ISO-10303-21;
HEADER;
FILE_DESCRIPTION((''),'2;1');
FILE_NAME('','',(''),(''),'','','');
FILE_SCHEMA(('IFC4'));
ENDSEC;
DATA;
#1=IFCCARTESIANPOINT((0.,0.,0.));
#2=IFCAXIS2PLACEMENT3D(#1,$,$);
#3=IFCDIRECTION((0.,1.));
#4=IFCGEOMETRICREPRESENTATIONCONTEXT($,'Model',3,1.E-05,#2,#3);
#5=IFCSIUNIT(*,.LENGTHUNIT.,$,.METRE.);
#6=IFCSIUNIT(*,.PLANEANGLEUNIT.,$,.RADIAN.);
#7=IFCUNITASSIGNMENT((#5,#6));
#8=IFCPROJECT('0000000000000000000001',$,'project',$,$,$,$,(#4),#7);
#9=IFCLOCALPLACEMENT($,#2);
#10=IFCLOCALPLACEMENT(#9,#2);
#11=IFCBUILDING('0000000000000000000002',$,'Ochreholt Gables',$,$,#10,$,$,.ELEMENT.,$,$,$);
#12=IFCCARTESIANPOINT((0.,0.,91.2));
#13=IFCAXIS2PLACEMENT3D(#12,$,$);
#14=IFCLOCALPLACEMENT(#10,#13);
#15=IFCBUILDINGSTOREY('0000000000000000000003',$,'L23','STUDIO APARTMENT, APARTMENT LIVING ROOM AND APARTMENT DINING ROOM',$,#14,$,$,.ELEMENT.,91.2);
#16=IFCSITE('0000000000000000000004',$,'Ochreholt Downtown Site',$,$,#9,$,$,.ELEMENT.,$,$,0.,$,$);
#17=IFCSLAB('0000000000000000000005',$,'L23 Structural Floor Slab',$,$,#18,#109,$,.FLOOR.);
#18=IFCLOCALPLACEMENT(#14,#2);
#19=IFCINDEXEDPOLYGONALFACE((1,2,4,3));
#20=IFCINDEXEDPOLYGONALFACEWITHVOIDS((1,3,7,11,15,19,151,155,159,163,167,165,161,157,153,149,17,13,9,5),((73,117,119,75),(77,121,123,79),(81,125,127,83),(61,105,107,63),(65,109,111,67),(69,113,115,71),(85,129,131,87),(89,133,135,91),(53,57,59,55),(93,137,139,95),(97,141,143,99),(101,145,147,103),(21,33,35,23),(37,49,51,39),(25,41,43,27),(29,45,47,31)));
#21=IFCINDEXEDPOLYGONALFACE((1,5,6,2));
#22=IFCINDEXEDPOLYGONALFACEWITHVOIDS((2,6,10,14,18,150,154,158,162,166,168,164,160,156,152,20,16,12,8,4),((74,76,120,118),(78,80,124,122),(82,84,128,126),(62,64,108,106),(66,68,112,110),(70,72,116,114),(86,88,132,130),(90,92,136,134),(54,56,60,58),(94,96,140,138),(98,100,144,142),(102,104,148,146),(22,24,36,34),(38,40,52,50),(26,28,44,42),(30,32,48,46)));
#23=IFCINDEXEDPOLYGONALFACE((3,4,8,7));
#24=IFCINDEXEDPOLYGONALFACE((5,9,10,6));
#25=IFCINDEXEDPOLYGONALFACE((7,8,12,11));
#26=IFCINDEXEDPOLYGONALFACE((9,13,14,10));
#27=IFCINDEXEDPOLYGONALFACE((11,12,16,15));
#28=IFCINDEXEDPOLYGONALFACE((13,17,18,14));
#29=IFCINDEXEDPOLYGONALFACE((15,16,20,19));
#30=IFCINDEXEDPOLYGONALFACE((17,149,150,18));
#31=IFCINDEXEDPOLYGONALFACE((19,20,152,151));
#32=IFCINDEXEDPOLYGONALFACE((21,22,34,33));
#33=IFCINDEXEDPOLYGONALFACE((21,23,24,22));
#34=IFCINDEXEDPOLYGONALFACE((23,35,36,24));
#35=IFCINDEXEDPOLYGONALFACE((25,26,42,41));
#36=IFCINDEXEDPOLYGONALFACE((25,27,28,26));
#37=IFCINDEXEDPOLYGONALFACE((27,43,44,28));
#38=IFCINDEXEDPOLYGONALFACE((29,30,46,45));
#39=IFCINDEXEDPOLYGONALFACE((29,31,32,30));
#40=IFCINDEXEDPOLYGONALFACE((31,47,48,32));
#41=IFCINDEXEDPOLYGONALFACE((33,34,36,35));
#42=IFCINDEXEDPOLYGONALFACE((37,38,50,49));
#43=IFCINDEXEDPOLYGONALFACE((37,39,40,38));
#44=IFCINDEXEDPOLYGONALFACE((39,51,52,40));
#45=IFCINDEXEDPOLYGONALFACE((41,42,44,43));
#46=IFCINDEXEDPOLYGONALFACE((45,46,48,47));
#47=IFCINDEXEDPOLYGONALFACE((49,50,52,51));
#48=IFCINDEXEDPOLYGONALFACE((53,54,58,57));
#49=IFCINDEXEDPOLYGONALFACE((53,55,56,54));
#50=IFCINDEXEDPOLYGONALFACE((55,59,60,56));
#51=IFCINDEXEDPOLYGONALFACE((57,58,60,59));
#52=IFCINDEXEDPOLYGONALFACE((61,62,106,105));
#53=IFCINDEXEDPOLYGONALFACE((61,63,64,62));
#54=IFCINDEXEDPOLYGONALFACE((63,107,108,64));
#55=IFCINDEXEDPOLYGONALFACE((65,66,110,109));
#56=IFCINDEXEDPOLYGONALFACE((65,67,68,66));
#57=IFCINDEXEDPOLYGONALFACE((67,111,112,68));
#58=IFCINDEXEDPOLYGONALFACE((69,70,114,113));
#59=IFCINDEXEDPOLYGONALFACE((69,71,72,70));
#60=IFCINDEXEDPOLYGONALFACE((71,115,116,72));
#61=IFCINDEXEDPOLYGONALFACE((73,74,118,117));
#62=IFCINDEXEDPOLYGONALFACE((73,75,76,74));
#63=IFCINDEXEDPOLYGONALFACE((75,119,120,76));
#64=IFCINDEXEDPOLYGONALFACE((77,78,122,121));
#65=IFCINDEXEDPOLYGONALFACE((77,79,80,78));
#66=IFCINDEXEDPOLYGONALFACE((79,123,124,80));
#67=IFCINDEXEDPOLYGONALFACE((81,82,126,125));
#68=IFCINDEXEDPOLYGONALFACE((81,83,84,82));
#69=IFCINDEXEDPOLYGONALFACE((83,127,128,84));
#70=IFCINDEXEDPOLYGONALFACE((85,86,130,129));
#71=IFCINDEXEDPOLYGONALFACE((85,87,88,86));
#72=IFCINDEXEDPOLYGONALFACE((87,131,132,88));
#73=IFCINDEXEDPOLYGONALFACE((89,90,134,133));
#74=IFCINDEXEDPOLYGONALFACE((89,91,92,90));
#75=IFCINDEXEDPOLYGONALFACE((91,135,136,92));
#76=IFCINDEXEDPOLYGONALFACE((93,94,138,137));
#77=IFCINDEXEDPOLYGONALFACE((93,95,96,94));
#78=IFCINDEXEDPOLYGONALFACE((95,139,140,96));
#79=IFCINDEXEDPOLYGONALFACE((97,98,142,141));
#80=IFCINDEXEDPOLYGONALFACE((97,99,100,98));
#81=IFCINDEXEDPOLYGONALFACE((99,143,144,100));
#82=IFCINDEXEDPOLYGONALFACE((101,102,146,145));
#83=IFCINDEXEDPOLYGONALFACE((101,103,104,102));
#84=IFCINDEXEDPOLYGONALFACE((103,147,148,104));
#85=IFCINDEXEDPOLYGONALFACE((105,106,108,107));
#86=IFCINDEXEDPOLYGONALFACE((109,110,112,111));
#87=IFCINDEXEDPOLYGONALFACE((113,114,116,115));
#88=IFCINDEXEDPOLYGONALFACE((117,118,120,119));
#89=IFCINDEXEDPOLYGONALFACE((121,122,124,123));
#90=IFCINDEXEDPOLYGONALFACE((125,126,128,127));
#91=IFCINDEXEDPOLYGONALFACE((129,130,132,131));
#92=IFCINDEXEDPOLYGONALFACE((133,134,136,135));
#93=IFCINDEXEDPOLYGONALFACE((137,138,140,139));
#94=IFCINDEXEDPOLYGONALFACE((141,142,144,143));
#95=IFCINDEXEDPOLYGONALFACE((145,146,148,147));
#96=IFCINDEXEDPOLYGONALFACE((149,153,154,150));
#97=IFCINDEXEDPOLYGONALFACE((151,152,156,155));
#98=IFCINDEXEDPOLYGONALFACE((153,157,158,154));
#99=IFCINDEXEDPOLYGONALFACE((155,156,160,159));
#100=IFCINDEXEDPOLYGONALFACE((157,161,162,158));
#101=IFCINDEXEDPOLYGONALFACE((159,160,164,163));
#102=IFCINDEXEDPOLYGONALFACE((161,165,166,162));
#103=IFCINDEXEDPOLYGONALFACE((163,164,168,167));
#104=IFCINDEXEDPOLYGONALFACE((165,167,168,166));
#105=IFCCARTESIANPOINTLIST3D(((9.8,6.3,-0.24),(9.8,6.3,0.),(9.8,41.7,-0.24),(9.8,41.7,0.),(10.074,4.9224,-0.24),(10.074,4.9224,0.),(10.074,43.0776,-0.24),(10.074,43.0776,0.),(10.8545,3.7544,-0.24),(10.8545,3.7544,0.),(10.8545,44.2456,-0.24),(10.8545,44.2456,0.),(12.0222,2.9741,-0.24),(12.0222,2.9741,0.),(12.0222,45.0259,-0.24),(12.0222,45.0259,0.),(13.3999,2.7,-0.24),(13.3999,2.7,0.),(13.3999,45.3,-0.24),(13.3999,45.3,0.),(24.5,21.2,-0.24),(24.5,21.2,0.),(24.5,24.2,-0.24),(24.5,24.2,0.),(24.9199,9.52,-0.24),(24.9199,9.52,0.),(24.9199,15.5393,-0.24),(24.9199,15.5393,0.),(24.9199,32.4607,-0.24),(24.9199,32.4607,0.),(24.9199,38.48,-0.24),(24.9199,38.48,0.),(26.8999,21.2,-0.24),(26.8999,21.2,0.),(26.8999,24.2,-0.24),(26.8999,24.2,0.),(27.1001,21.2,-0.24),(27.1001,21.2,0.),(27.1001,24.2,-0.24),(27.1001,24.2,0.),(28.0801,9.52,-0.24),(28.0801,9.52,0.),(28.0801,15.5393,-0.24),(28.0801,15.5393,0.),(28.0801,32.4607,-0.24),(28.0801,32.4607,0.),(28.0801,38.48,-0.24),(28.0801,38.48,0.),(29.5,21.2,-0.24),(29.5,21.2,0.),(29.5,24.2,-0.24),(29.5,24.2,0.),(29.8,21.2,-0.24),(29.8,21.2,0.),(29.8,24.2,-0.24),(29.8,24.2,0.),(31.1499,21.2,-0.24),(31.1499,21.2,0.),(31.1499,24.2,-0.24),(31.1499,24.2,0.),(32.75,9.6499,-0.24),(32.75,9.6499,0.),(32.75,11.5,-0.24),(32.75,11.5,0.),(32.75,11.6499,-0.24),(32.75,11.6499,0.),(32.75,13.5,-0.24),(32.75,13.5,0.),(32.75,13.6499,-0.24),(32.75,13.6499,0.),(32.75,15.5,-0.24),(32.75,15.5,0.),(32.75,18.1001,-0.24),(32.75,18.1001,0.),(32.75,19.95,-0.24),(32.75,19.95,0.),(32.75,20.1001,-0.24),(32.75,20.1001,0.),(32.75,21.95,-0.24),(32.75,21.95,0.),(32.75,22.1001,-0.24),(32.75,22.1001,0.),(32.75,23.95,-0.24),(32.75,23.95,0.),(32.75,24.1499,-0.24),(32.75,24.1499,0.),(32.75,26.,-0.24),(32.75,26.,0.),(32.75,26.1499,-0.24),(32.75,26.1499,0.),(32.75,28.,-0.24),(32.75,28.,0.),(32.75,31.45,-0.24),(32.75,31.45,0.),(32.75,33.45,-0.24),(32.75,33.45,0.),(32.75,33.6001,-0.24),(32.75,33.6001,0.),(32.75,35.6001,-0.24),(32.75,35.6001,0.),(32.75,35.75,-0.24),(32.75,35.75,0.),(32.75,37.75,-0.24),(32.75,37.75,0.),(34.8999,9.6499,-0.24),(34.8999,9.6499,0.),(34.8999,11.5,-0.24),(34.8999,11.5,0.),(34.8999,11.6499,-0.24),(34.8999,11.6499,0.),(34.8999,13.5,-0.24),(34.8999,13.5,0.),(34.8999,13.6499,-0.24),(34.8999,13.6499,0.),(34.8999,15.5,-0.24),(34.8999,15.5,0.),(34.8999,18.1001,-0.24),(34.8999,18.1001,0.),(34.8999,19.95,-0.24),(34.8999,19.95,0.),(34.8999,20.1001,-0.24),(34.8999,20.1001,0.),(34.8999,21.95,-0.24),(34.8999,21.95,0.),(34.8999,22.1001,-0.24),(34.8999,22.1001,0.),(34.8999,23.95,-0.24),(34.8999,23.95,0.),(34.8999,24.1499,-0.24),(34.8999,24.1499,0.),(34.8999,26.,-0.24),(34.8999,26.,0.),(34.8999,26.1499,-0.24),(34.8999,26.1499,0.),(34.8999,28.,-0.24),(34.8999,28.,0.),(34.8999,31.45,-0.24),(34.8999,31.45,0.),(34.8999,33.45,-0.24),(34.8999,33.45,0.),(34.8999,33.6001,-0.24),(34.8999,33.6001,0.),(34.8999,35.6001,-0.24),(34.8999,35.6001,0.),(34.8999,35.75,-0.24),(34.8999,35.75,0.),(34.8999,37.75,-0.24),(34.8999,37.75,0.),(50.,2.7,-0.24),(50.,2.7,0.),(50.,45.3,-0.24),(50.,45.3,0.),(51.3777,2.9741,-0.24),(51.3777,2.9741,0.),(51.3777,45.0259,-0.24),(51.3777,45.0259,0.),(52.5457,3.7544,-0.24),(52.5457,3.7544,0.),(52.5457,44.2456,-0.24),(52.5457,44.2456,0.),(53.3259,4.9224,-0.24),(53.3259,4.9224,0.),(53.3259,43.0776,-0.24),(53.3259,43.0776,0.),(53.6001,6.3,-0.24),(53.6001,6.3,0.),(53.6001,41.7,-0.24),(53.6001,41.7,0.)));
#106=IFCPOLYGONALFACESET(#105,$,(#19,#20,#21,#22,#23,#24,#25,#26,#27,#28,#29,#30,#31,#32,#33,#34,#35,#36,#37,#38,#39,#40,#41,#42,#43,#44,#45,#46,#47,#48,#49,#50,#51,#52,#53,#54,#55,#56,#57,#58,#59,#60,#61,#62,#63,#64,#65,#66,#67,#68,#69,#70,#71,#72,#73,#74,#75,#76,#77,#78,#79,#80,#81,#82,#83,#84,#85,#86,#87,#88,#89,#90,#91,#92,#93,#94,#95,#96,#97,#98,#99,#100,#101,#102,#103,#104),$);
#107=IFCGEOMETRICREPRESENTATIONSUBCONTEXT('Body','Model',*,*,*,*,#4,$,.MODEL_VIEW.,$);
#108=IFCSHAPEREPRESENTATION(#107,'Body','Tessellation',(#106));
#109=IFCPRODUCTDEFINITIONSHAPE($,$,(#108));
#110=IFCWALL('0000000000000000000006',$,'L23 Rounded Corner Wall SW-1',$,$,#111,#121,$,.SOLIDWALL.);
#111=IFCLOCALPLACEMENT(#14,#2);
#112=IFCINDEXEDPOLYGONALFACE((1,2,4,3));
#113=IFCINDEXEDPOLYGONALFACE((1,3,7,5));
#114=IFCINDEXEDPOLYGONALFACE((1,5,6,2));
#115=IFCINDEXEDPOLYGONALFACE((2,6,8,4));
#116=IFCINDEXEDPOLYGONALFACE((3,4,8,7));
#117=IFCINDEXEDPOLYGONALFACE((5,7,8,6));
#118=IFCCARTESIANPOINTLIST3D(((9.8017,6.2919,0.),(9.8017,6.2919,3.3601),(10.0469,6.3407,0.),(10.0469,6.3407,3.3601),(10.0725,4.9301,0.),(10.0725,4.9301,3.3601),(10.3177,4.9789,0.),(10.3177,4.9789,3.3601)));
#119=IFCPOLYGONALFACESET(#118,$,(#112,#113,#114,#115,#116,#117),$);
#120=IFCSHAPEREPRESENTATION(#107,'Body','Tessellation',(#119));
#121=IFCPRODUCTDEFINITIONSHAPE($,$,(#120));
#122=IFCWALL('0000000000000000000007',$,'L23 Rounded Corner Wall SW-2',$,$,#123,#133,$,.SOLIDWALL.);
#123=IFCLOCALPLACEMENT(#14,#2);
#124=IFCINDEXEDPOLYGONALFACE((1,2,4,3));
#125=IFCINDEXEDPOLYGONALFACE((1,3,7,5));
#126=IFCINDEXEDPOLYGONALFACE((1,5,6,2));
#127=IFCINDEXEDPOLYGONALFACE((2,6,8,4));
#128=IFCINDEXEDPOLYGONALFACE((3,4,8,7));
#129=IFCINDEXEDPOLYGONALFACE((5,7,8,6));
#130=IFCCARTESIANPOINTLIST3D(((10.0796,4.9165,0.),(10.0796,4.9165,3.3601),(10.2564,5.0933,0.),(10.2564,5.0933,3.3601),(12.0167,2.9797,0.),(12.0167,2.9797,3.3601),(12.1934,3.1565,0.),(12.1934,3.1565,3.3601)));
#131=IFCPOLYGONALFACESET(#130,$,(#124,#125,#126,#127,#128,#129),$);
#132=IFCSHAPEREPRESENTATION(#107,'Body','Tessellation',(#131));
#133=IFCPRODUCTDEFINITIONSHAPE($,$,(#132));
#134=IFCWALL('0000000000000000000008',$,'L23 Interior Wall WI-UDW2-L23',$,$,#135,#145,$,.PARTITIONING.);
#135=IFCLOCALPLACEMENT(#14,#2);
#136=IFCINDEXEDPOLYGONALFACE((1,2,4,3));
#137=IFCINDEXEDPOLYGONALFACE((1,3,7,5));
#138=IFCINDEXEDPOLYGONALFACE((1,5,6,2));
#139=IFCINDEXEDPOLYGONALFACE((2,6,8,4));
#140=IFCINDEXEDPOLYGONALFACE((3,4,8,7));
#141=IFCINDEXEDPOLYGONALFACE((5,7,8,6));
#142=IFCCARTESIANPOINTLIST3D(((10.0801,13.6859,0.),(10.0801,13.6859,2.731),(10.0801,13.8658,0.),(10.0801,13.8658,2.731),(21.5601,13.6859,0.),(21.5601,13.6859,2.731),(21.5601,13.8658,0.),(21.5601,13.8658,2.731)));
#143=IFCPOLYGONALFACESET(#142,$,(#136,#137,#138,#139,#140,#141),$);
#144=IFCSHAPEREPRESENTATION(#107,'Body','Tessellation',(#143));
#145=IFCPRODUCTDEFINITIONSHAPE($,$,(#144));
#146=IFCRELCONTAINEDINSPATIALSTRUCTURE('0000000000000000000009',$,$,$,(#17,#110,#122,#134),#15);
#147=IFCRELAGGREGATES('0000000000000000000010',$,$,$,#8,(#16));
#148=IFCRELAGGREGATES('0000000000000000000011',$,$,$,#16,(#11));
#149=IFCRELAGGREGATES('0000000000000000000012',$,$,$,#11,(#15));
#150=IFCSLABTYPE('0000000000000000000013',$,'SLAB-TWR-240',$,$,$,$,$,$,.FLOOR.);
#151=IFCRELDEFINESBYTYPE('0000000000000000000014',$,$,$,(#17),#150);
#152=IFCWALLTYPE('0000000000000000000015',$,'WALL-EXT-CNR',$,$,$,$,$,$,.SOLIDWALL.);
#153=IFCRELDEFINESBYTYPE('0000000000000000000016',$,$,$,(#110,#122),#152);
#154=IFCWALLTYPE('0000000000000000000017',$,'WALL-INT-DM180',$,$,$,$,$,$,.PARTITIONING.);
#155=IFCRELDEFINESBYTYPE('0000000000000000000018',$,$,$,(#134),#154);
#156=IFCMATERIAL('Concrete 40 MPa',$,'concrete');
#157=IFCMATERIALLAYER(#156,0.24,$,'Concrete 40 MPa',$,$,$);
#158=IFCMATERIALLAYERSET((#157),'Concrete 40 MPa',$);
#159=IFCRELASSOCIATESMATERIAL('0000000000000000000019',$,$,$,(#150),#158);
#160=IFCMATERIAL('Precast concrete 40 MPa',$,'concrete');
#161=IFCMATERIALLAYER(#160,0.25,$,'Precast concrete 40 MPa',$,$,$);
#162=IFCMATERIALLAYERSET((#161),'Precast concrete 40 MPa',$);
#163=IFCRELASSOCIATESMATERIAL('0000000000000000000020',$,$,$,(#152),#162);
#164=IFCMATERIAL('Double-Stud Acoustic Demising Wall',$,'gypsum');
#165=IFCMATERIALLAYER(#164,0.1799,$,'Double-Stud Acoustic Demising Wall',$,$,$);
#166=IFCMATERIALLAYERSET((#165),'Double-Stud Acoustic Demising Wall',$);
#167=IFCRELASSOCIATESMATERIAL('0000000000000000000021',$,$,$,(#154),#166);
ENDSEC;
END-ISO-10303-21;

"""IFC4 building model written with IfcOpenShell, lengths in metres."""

from ifc_helpers import new_model, si_unit, direction, frame, frame_2d, origin, place, context, subcontext, project, spatial, polyline, rectangle, outline, extrude, material, layer, layer_set, type_object, element, save


model = new_model("IFC4")

# Units and contexts
model_context = context("Model", 3, precision=1e-05, world=origin(), true_north=direction((0.0, 1.0)))
body_context = subcontext(model_context, "Body", "Model", "MODEL_VIEW")
ifc_project = project(units=[si_unit("LENGTHUNIT", "METRE"), si_unit("PLANEANGLEUNIT", "RADIAN")], contexts=[model_context])

# Site, building, storey
site_placement = place(None, origin())
site = spatial("IfcSite", under=ifc_project, at=site_placement, Name="Ochreholt Downtown Site", CompositionType="ELEMENT", RefElevation=0.0)
building_placement = place(site_placement, origin())
building = spatial("IfcBuilding", under=site, at=building_placement, Name="Ochreholt Gables", CompositionType="ELEMENT")
storey_placement = place(building_placement, frame((0.0, 0.0, 91.2)))
storey = spatial("IfcBuildingStorey", under=building, at=storey_placement, Name="L23", Description="STUDIO APARTMENT, APARTMENT LIVING ROOM AND APARTMENT DINING ROOM", CompositionType="ELEMENT", Elevation=91.2)

# Shared definitions
ifc_material_1 = material(Name="Concrete 40 MPa", Category="concrete")

# Slab
ifc_layer_1 = layer(ifc_material_1, 0.24, Name="Concrete 40 MPa")
ifc_layer_set_1 = layer_set([ifc_layer_1], Name="Concrete 40 MPa")
slab_type_1 = type_object("IfcSlabType", Name="SLAB-TWR-240", PredefinedType="FLOOR", material=ifc_layer_set_1)
slab_1_placement = place(storey_placement, frame((0.0, 0.0, -0.24)))
element("IfcSlab", 1, at=slab_1_placement, inside=storey, type_object=slab_type_1, Name="L23 Structural Floor Slab", PredefinedType="FLOOR", context=body_context, shape_type="SweptSolid", body=[
    extrude(outline(polyline([(9.8, 6.3), (10.074, 4.9224), (10.8545, 3.7544), (12.0222, 2.9741), (13.3999, 2.7), (50.0, 2.7), (51.3777, 2.9741), (52.5457, 3.7544), (53.3259, 4.9224), (53.6001, 6.3), (53.6001, 41.7), (53.3259, 43.0776), (52.5457, 44.2456), (51.3777, 45.0259), (50.0, 45.3), (13.3999, 45.3), (12.0222, 45.0259), (10.8545, 44.2456), (10.074, 43.0776), (9.8, 41.7), (9.8, 6.3)]), holes=[polyline([(24.9199, 15.5393), (24.9199, 9.52), (28.0801, 9.52), (28.0801, 15.5393), (24.9199, 15.5393)]), polyline([(28.0801, 32.4607), (28.0801, 38.48), (24.9199, 38.48), (24.9199, 32.4607), (28.0801, 32.4607)]), polyline([(24.5, 21.2), (26.8999, 21.2), (26.8999, 24.2), (24.5, 24.2), (24.5, 21.2)]), polyline([(27.1001, 21.2), (29.5, 21.2), (29.5, 24.2), (27.1001, 24.2), (27.1001, 21.2)]), polyline([(32.75, 9.6499), (34.8999, 9.6499), (34.8999, 11.5), (32.75, 11.5), (32.75, 9.6499)]), polyline([(32.75, 11.6499), (34.8999, 11.6499), (34.8999, 13.5), (32.75, 13.5), (32.75, 11.6499)]), polyline([(32.75, 13.6499), (34.8999, 13.6499), (34.8999, 15.5), (32.75, 15.5), (32.75, 13.6499)]), polyline([(32.75, 18.1001), (34.8999, 18.1001), (34.8999, 19.95), (32.75, 19.95), (32.75, 18.1001)]), polyline([(32.75, 20.1001), (34.8999, 20.1001), (34.8999, 21.95), (32.75, 21.95), (32.75, 20.1001)]), polyline([(32.75, 22.1001), (34.8999, 22.1001), (34.8999, 23.95), (32.75, 23.95), (32.75, 22.1001)]), polyline([(32.75, 24.1499), (34.8999, 24.1499), (34.8999, 26.0), (32.75, 26.0), (32.75, 24.1499)]), polyline([(32.75, 26.1499), (34.8999, 26.1499), (34.8999, 28.0), (32.75, 28.0), (32.75, 26.1499)]), polyline([(32.75, 31.45), (34.8999, 31.45), (34.8999, 33.45), (32.75, 33.45), (32.75, 31.45)]), polyline([(32.75, 33.6001), (34.8999, 33.6001), (34.8999, 35.6001), (32.75, 35.6001), (32.75, 33.6001)]), polyline([(32.75, 35.75), (34.8999, 35.75), (34.8999, 37.75), (32.75, 37.75), (32.75, 35.75)]), polyline([(29.8, 21.2), (31.1499, 21.2), (31.1499, 24.2), (29.8, 24.2), (29.8, 21.2)])]), origin(), (0.0, 0.0, 1.0), 0.24),
])

# Walls
ifc_material_2 = material(Name="Precast concrete 40 MPa", Category="concrete")
ifc_layer_2 = layer(ifc_material_2, 0.25, Name="Precast concrete 40 MPa")
ifc_layer_set_2 = layer_set([ifc_layer_2], Name="Precast concrete 40 MPa")
wall_type_1 = type_object("IfcWallType", Name="WALL-EXT-CNR", PredefinedType="SOLIDWALL", material=ifc_layer_set_2)
wall_1_placement = place(storey_placement, frame((9.9243, 6.3164, 0.0), z_axis=(0.0, 0.0, 1.0), x_axis=(0.195, -0.980803, 0.0)))
element("IfcWall", 2, at=wall_1_placement, inside=storey, type_object=wall_type_1, Name="L23 Rounded Corner Wall SW-1", PredefinedType="SOLIDWALL", context=body_context, shape_type="SweptSolid", body=[
    extrude(rectangle(XDim=1.3884, YDim=0.25, at=frame_2d((0.6943, 0.0))), origin(), (0.0, 0.0, 1.0), 3.3601),
])
wall_2_placement = place(storey_placement, frame((10.168, 5.0049, 0.0), z_axis=(0.0, 0.0, 1.0), x_axis=(0.707151, -0.707062, 0.0)))
element("IfcWall", 3, at=wall_2_placement, inside=storey, type_object=wall_type_1, Name="L23 Rounded Corner Wall SW-2", PredefinedType="SOLIDWALL", context=body_context, shape_type="SweptSolid", body=[
    extrude(rectangle(XDim=2.7393, YDim=0.25, at=frame_2d((1.3696, 0.0))), origin(), (0.0, 0.0, 1.0), 3.3601),
])
ifc_material_3 = material(Name="Double-Stud Acoustic Demising Wall", Category="gypsum")
ifc_layer_3 = layer(ifc_material_3, 0.1799, Name="Double-Stud Acoustic Demising Wall")
ifc_layer_set_3 = layer_set([ifc_layer_3], Name="Double-Stud Acoustic Demising Wall")
wall_type_2 = type_object("IfcWallType", Name="WALL-INT-DM180", PredefinedType="PARTITIONING", material=ifc_layer_set_3)
wall_3_placement = place(storey_placement, frame((10.0801, 13.7759, 0.0), z_axis=(0.0, 0.0, 1.0), x_axis=(1.0, 0.0, 0.0)))
element("IfcWall", 4, at=wall_3_placement, inside=storey, type_object=wall_type_2, Name="L23 Interior Wall WI-UDW2-L23", PredefinedType="PARTITIONING", context=body_context, shape_type="SweptSolid", body=[
    extrude(rectangle(XDim=11.48, YDim=0.1799, at=frame_2d((5.74, 0.0))), origin(), (0.0, 0.0, 1.0), 2.731),
])

save(model, "model.ifc")
